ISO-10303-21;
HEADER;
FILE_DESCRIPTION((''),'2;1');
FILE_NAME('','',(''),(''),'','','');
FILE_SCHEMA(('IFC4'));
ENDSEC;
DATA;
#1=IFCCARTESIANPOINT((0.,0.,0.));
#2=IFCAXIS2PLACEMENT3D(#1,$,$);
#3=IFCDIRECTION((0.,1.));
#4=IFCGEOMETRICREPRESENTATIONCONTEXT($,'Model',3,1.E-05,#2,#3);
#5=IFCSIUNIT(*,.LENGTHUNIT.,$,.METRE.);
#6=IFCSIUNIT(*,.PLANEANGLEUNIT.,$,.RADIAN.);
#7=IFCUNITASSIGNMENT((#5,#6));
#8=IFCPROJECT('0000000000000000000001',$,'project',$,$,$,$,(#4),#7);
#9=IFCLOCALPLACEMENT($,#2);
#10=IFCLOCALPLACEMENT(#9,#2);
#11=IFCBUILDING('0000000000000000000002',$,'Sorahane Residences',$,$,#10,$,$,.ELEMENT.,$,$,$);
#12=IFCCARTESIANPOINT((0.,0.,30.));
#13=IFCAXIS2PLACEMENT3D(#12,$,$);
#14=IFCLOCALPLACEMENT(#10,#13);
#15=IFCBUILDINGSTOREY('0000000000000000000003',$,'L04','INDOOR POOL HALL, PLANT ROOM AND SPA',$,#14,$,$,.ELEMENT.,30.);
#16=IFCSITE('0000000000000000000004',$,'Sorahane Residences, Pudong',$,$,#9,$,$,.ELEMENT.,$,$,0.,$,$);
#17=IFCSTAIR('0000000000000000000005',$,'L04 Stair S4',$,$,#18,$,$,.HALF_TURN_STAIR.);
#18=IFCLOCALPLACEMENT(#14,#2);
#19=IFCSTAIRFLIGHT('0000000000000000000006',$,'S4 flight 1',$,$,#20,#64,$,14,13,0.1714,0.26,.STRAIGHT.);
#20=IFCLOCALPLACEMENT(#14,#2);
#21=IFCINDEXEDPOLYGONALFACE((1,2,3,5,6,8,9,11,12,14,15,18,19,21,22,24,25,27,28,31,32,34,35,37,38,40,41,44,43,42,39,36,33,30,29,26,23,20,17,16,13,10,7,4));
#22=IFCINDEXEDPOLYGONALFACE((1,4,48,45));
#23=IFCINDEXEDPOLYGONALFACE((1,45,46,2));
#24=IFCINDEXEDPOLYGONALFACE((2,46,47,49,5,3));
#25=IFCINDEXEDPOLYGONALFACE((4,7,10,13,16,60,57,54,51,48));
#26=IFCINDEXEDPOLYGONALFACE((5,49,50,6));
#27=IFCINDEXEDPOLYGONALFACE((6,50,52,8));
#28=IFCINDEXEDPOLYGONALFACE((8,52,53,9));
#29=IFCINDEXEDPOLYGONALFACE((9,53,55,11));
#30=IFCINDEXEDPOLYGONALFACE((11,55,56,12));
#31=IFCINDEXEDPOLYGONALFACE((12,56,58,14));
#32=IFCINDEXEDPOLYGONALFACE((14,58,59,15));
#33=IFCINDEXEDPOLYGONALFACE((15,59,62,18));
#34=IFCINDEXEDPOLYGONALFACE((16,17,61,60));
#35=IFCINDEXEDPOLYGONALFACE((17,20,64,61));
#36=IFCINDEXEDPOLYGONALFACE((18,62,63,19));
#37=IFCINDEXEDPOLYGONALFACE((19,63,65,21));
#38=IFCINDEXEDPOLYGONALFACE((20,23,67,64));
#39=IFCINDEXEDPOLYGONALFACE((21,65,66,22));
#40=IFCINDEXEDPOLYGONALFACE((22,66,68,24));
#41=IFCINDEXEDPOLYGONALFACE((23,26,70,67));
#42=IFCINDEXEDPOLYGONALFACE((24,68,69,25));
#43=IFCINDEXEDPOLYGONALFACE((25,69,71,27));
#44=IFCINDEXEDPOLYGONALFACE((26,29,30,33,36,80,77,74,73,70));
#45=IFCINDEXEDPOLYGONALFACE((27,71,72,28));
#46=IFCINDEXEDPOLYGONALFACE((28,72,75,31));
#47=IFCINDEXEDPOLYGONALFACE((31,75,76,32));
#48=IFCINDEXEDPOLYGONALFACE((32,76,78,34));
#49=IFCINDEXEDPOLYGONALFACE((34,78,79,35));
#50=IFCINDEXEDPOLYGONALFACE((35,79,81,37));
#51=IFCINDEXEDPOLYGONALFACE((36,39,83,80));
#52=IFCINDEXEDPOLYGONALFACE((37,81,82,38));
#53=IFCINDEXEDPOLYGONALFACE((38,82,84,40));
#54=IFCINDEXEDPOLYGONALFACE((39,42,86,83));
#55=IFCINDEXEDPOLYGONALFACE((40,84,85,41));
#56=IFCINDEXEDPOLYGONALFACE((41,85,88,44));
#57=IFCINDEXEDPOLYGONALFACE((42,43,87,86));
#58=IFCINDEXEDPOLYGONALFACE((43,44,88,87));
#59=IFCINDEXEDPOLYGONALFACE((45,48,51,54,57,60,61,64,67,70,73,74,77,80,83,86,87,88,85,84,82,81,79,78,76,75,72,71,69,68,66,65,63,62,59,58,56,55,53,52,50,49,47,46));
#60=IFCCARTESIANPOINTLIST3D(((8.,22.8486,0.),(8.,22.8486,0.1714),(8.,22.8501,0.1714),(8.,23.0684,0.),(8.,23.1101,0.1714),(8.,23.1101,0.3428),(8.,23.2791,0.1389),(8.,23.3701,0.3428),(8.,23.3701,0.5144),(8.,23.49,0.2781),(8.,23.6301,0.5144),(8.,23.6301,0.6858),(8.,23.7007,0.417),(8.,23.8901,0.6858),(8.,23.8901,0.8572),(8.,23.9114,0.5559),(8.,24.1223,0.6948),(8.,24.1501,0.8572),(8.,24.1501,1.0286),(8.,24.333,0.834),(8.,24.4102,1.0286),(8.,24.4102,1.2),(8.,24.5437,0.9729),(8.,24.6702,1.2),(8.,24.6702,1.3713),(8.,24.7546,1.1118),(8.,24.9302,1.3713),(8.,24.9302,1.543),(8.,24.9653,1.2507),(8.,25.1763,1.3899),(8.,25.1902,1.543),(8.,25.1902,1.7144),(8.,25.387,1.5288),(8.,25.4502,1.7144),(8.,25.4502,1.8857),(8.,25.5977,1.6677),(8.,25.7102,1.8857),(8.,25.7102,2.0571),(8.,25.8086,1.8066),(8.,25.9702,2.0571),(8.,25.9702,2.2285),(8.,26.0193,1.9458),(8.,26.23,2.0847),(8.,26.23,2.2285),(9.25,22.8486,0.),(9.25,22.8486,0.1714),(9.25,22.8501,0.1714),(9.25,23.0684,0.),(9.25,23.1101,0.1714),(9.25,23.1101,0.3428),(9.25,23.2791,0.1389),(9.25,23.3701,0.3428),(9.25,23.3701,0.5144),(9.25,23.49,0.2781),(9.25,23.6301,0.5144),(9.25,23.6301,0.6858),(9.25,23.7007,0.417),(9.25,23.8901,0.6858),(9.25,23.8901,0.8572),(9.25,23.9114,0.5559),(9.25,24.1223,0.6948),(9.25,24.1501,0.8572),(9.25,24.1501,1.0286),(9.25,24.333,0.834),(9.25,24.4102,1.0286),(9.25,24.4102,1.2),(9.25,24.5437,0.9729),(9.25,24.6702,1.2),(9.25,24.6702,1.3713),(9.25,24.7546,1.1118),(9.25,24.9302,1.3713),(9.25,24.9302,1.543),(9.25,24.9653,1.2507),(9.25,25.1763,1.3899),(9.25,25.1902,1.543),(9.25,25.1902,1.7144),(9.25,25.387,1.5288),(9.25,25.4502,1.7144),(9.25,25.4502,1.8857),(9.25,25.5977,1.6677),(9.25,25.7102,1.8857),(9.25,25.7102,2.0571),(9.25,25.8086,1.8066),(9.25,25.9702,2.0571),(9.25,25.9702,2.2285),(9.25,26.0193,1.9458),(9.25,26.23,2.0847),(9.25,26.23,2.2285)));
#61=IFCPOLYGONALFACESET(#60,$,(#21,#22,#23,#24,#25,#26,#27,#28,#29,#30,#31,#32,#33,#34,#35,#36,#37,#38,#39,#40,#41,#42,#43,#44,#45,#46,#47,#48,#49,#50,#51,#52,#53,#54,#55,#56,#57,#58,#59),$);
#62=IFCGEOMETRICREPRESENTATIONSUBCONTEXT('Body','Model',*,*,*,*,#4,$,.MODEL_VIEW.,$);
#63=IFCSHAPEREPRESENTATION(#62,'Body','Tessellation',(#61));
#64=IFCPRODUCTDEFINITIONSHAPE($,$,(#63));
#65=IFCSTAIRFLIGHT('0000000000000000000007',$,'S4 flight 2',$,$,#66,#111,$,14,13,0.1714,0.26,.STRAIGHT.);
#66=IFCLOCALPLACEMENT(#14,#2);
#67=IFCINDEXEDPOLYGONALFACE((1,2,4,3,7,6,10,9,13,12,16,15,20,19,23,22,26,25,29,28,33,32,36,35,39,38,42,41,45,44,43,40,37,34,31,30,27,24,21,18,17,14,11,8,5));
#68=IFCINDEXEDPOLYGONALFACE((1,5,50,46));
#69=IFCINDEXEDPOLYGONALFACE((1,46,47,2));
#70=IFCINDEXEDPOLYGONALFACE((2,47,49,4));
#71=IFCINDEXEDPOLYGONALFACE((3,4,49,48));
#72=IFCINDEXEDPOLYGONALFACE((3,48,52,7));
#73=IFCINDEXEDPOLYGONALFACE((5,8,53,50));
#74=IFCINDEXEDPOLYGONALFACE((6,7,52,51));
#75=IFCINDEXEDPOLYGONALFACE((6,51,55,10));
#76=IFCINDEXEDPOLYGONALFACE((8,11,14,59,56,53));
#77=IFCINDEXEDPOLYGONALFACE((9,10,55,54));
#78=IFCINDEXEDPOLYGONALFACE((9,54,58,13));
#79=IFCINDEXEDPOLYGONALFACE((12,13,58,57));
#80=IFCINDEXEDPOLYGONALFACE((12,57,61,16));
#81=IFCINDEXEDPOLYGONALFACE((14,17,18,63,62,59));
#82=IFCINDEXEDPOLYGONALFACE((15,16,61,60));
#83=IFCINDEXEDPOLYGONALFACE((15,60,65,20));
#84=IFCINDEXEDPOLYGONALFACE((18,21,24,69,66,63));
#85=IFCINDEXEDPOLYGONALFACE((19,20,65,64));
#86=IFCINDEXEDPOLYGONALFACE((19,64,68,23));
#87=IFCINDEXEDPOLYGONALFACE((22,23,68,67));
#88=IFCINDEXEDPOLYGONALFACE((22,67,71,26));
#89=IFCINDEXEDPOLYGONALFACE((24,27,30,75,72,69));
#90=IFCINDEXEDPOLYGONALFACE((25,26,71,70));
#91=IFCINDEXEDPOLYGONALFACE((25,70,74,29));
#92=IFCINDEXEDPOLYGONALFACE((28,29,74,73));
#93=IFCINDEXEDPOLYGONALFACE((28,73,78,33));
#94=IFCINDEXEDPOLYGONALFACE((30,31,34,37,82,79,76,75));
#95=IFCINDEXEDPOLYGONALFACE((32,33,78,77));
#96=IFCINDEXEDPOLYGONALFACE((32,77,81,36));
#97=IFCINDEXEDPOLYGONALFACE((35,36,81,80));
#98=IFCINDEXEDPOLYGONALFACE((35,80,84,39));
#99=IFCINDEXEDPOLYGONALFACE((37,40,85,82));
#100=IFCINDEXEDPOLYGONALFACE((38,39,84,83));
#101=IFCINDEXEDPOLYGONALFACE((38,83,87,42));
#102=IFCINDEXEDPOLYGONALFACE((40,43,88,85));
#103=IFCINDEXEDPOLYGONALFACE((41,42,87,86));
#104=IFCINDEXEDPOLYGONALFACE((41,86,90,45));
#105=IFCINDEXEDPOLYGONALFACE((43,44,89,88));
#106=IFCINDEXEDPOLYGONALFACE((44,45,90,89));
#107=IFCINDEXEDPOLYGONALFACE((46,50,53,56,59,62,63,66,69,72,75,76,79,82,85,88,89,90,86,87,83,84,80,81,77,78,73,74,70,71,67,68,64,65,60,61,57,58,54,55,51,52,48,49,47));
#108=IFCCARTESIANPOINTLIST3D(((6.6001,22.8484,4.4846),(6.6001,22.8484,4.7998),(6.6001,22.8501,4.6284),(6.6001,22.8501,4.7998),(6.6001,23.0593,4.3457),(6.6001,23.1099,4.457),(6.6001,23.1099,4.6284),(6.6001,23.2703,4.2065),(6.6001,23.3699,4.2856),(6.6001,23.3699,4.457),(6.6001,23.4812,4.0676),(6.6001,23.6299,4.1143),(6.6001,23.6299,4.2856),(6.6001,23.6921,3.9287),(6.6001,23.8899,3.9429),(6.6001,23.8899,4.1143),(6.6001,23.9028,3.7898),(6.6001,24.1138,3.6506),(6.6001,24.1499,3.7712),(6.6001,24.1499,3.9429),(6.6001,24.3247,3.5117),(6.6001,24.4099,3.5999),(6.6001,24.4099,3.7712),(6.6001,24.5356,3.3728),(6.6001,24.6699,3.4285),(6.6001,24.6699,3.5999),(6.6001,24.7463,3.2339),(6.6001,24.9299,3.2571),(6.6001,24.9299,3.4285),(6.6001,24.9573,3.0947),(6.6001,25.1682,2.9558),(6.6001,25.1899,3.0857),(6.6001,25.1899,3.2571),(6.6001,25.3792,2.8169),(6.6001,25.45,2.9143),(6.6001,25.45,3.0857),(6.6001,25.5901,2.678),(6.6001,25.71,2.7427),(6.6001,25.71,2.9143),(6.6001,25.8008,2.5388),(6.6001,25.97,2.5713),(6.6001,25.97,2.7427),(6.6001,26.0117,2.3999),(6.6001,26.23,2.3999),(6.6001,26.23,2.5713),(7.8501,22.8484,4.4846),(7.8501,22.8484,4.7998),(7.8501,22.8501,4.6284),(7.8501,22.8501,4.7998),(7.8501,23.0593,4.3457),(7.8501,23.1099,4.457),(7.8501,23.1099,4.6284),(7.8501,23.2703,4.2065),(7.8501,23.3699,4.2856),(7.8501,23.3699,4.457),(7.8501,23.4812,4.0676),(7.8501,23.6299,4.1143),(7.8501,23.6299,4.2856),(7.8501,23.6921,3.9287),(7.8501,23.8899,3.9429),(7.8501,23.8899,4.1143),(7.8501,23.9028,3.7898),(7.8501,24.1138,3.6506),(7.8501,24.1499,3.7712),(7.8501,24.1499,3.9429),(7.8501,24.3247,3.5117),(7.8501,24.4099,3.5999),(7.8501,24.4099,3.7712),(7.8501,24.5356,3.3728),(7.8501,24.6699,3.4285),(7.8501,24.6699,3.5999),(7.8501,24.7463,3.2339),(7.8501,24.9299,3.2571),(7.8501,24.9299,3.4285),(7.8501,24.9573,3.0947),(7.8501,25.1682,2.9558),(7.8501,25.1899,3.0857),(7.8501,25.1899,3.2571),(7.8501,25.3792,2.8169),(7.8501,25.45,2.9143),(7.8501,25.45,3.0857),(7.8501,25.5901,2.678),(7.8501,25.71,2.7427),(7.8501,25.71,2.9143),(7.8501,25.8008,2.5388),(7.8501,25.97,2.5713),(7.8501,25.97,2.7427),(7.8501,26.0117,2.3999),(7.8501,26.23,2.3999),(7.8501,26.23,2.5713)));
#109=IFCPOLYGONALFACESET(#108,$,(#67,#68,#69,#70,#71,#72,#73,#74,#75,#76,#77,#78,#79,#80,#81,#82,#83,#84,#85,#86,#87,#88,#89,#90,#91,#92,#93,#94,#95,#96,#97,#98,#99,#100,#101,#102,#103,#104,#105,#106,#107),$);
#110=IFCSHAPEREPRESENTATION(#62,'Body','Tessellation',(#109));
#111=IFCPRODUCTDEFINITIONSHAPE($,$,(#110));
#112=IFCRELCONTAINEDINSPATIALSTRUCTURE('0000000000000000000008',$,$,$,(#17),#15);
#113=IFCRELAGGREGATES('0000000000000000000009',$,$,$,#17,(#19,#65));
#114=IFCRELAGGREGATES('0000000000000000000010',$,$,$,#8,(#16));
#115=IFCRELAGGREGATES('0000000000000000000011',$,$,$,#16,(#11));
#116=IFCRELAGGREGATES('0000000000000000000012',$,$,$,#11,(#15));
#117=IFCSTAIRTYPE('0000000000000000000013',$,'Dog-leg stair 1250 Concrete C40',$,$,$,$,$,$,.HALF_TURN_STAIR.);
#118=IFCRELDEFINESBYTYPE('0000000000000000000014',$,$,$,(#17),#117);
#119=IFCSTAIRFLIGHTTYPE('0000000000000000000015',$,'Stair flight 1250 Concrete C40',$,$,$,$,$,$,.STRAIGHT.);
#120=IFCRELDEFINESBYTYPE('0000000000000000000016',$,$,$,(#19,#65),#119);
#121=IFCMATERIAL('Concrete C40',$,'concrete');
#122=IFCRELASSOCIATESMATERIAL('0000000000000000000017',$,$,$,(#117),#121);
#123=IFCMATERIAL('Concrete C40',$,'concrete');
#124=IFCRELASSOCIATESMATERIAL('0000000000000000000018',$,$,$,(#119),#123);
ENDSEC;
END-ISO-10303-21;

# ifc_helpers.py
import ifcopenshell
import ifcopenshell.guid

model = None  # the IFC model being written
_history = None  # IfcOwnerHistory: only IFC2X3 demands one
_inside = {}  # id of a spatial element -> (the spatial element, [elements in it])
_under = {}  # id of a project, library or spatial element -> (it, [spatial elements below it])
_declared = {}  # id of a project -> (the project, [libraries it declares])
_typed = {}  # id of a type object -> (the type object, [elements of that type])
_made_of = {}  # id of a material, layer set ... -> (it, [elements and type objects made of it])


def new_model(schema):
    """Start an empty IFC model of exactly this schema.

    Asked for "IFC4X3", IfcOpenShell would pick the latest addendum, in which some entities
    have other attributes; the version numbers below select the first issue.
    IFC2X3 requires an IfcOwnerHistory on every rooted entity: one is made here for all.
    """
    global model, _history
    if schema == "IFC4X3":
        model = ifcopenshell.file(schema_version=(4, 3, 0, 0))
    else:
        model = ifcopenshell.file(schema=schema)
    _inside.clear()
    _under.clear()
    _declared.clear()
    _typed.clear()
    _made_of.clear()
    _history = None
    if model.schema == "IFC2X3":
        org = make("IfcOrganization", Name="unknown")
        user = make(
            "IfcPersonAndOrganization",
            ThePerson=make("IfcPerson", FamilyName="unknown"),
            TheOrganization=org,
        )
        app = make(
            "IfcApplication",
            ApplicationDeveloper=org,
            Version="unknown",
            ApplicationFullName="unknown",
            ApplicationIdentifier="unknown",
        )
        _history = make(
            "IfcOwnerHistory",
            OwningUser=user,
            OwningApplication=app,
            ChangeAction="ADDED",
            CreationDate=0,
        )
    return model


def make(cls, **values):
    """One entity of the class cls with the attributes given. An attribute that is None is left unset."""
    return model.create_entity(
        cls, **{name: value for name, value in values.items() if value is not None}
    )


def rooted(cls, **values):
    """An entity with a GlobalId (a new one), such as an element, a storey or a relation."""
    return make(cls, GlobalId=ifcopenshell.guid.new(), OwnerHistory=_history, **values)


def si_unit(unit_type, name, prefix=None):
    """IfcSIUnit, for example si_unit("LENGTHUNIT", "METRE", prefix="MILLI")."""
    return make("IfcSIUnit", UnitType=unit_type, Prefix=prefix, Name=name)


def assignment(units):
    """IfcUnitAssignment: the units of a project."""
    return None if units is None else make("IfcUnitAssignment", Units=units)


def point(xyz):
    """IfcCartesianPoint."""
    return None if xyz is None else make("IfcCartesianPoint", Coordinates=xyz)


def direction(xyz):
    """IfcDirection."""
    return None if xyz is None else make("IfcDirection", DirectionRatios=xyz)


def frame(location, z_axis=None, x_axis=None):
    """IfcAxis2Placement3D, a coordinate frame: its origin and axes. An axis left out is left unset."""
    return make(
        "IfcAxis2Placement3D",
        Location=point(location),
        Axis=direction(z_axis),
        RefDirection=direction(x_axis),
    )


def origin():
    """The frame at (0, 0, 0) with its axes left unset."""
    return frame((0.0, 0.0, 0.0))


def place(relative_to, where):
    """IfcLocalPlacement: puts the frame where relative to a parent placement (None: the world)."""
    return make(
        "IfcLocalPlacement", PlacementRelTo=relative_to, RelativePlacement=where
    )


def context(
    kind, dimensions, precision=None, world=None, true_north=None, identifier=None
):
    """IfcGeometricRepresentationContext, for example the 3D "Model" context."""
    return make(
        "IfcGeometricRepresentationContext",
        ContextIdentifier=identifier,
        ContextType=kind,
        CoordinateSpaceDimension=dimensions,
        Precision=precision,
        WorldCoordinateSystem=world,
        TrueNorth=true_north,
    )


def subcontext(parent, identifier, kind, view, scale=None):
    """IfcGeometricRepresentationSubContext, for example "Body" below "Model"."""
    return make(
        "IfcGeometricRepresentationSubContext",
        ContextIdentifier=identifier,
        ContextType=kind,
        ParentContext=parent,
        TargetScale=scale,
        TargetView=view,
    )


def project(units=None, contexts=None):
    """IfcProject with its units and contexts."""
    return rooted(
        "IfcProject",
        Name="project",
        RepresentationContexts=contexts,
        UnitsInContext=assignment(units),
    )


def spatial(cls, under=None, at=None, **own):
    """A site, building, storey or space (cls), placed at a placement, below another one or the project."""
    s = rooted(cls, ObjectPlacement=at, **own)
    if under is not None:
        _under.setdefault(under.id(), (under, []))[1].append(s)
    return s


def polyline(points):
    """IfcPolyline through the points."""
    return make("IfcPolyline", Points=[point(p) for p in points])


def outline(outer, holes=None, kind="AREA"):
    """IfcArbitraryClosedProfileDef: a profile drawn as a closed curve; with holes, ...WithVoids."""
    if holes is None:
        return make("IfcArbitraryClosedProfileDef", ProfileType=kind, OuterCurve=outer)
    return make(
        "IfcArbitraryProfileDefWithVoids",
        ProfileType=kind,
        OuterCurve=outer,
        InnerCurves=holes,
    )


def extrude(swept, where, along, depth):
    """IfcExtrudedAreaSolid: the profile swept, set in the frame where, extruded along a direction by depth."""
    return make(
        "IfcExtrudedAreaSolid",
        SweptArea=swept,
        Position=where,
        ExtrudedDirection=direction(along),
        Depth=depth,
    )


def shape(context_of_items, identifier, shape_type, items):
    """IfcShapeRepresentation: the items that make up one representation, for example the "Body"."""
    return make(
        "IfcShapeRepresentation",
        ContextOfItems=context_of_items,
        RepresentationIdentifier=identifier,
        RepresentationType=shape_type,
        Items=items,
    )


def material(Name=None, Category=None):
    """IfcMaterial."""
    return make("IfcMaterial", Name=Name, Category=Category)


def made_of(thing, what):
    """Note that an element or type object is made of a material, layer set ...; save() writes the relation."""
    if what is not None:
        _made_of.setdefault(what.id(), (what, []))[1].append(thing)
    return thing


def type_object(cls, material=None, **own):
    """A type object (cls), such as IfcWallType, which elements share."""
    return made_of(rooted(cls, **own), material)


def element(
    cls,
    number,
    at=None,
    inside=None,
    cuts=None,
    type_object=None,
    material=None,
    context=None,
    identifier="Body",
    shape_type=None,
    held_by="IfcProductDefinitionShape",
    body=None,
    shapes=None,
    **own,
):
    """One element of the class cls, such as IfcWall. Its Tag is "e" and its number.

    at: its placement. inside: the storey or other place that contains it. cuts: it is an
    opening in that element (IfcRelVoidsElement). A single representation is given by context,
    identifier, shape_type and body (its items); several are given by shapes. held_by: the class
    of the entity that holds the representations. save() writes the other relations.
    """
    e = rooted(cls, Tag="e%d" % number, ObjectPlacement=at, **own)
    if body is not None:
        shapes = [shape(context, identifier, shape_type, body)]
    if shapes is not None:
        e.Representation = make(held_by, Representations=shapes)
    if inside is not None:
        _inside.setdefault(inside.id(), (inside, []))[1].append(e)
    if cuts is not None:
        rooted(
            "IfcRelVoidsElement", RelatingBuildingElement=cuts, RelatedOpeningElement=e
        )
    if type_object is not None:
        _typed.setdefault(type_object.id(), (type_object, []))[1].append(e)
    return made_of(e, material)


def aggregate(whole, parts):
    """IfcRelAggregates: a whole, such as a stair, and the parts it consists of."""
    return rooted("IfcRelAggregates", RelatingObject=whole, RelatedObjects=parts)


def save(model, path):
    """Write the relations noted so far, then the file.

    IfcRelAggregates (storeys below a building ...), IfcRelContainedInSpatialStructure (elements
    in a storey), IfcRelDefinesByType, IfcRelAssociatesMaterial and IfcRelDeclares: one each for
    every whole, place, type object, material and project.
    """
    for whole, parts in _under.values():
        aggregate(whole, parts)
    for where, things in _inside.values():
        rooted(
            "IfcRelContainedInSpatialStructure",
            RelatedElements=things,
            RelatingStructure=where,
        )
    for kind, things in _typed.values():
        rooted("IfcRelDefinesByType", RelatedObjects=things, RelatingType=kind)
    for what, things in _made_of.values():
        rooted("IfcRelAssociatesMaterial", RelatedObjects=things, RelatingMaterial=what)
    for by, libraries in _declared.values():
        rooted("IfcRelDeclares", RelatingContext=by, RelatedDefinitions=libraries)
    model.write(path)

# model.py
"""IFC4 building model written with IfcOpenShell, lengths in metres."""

from ifc_helpers import new_model, si_unit, direction, frame, origin, place, context, subcontext, project, spatial, polyline, outline, extrude, material, type_object, element, aggregate, save


model = new_model("IFC4")

# Units and contexts
model_context = context("Model", 3, precision=1e-05, world=origin(), true_north=direction((0.0, 1.0)))
body_context = subcontext(model_context, "Body", "Model", "MODEL_VIEW")
ifc_project = project(units=[si_unit("LENGTHUNIT", "METRE"), si_unit("PLANEANGLEUNIT", "RADIAN")], contexts=[model_context])

# Site, building, storey
site_placement = place(None, origin())
site = spatial("IfcSite", under=ifc_project, at=site_placement, Name="Sorahane Residences, Pudong", CompositionType="ELEMENT", RefElevation=0.0)
building_placement = place(site_placement, origin())
building = spatial("IfcBuilding", under=site, at=building_placement, Name="Sorahane Residences", CompositionType="ELEMENT")
storey_placement = place(building_placement, frame((0.0, 0.0, 30.0)))
storey = spatial("IfcBuildingStorey", under=building, at=storey_placement, Name="L04", Description="INDOOR POOL HALL, PLANT ROOM AND SPA", CompositionType="ELEMENT", Elevation=30.0)

# Stair, stair flights
ifc_material_1 = material(Name="Concrete C40", Category="concrete")
stair_type = type_object("IfcStairType", Name="Dog-leg stair 1250 Concrete C40", PredefinedType="HALF_TURN_STAIR", material=ifc_material_1)
stair_placement = place(storey_placement, origin())
stair = element("IfcStair", 1, at=stair_placement, inside=storey, type_object=stair_type, Name="L04 Stair S4", PredefinedType="HALF_TURN_STAIR")
ifc_material_2 = material(Name="Concrete C40", Category="concrete")
stair_flight_type = type_object("IfcStairFlightType", Name="Stair flight 1250 Concrete C40", PredefinedType="STRAIGHT", material=ifc_material_2)
stair_flight_1_placement = place(storey_placement, frame((8.625, 22.8501, 0.0), z_axis=(0.0, 0.0, 1.0), x_axis=(0.0, 1.0, 0.0)))
stair_flight_1 = element("IfcStairFlight", 2, at=stair_flight_1_placement, type_object=stair_flight_type, Name="S4 flight 1", NumberOfRisers=14, NumberOfTreads=13, PredefinedType="STRAIGHT", RiserHeight=0.1714, TreadLength=0.26, context=body_context, shape_type="SweptSolid", body=[
    extrude(outline(polyline([(-0.0015, 0.0), (-0.0015, 0.1714), (0.0, 0.1714), (0.26, 0.1714), (0.26, 0.3428), (0.52, 0.3428), (0.52, 0.5144), (0.78, 0.5144), (0.78, 0.6858), (1.04, 0.6858), (1.04, 0.8572), (1.3, 0.8572), (1.3, 1.0286), (1.5601, 1.0286), (1.5601, 1.2), (1.8201, 1.2), (1.8201, 1.3713), (2.0801, 1.3713), (2.0801, 1.543), (2.3401, 1.543), (2.3401, 1.7144), (2.6001, 1.7144), (2.6001, 1.8857), (2.8601, 1.8857), (2.8601, 2.0571), (3.1201, 2.0571), (3.1201, 2.2285), (3.3799, 2.2285), (3.3799, 2.3999), (3.3799, 2.0847), (3.1692, 1.9458), (2.9585, 1.8066), (2.7476, 1.6677), (2.5369, 1.5288), (2.3262, 1.3899), (2.1152, 1.2507), (1.9045, 1.1118), (1.6936, 0.9729), (1.4829, 0.834), (1.2722, 0.6948), (1.0613, 0.5559), (0.8506, 0.417), (0.6399, 0.2781), (0.429, 0.1389), (0.2183, 0.0), (-0.0015, 0.0)])), frame((0.0, 0.625, 0.0), z_axis=(0.0, -1.0, 0.0), x_axis=(1.0, 0.0, 0.0)), (0.0, 0.0, 1.0), 1.25),
])
stair_flight_2_placement = place(storey_placement, frame((7.2251, 26.23, 2.3999), z_axis=(0.0, 0.0, 1.0), x_axis=(0.0, -1.0, 0.0)))
stair_flight_2 = element("IfcStairFlight", 3, at=stair_flight_2_placement, type_object=stair_flight_type, Name="S4 flight 2", NumberOfRisers=14, NumberOfTreads=13, PredefinedType="STRAIGHT", RiserHeight=0.1714, TreadLength=0.26, context=body_context, shape_type="SweptSolid", body=[
    extrude(outline(polyline([(0.0, 0.0), (0.0, 0.1714), (0.26, 0.1714), (0.26, 0.3428), (0.52, 0.3428), (0.52, 0.5144), (0.78, 0.5144), (0.78, 0.6858), (1.04, 0.6858), (1.04, 0.8572), (1.3, 0.8572), (1.3, 1.0286), (1.5601, 1.0286), (1.5601, 1.2), (1.8201, 1.2), (1.8201, 1.3713), (2.0801, 1.3713), (2.0801, 1.543), (2.3401, 1.543), (2.3401, 1.7144), (2.6001, 1.7144), (2.6001, 1.8857), (2.8601, 1.8857), (2.8601, 2.0571), (3.1201, 2.0571), (3.1201, 2.2285), (3.3799, 2.2285), (3.3799, 2.3999), (3.3816, 2.3999), (3.3816, 2.0847), (3.1707, 1.9458), (2.9597, 1.8066), (2.7488, 1.6677), (2.5378, 1.5288), (2.3271, 1.3899), (2.1162, 1.2507), (1.9053, 1.1118), (1.6943, 0.9729), (1.4836, 0.834), (1.2727, 0.6948), (1.0618, 0.5559), (0.8508, 0.417), (0.6399, 0.2781), (0.4292, 0.1389), (0.2183, 0.0), (0.0, 0.0)])), frame((0.0, 0.625, 0.0), z_axis=(0.0, -1.0, 0.0), x_axis=(1.0, 0.0, 0.0)), (0.0, 0.0, 1.0), 1.25),
])
aggregate(stair, [stair_flight_1, stair_flight_2])

save(model, "model.ifc")
